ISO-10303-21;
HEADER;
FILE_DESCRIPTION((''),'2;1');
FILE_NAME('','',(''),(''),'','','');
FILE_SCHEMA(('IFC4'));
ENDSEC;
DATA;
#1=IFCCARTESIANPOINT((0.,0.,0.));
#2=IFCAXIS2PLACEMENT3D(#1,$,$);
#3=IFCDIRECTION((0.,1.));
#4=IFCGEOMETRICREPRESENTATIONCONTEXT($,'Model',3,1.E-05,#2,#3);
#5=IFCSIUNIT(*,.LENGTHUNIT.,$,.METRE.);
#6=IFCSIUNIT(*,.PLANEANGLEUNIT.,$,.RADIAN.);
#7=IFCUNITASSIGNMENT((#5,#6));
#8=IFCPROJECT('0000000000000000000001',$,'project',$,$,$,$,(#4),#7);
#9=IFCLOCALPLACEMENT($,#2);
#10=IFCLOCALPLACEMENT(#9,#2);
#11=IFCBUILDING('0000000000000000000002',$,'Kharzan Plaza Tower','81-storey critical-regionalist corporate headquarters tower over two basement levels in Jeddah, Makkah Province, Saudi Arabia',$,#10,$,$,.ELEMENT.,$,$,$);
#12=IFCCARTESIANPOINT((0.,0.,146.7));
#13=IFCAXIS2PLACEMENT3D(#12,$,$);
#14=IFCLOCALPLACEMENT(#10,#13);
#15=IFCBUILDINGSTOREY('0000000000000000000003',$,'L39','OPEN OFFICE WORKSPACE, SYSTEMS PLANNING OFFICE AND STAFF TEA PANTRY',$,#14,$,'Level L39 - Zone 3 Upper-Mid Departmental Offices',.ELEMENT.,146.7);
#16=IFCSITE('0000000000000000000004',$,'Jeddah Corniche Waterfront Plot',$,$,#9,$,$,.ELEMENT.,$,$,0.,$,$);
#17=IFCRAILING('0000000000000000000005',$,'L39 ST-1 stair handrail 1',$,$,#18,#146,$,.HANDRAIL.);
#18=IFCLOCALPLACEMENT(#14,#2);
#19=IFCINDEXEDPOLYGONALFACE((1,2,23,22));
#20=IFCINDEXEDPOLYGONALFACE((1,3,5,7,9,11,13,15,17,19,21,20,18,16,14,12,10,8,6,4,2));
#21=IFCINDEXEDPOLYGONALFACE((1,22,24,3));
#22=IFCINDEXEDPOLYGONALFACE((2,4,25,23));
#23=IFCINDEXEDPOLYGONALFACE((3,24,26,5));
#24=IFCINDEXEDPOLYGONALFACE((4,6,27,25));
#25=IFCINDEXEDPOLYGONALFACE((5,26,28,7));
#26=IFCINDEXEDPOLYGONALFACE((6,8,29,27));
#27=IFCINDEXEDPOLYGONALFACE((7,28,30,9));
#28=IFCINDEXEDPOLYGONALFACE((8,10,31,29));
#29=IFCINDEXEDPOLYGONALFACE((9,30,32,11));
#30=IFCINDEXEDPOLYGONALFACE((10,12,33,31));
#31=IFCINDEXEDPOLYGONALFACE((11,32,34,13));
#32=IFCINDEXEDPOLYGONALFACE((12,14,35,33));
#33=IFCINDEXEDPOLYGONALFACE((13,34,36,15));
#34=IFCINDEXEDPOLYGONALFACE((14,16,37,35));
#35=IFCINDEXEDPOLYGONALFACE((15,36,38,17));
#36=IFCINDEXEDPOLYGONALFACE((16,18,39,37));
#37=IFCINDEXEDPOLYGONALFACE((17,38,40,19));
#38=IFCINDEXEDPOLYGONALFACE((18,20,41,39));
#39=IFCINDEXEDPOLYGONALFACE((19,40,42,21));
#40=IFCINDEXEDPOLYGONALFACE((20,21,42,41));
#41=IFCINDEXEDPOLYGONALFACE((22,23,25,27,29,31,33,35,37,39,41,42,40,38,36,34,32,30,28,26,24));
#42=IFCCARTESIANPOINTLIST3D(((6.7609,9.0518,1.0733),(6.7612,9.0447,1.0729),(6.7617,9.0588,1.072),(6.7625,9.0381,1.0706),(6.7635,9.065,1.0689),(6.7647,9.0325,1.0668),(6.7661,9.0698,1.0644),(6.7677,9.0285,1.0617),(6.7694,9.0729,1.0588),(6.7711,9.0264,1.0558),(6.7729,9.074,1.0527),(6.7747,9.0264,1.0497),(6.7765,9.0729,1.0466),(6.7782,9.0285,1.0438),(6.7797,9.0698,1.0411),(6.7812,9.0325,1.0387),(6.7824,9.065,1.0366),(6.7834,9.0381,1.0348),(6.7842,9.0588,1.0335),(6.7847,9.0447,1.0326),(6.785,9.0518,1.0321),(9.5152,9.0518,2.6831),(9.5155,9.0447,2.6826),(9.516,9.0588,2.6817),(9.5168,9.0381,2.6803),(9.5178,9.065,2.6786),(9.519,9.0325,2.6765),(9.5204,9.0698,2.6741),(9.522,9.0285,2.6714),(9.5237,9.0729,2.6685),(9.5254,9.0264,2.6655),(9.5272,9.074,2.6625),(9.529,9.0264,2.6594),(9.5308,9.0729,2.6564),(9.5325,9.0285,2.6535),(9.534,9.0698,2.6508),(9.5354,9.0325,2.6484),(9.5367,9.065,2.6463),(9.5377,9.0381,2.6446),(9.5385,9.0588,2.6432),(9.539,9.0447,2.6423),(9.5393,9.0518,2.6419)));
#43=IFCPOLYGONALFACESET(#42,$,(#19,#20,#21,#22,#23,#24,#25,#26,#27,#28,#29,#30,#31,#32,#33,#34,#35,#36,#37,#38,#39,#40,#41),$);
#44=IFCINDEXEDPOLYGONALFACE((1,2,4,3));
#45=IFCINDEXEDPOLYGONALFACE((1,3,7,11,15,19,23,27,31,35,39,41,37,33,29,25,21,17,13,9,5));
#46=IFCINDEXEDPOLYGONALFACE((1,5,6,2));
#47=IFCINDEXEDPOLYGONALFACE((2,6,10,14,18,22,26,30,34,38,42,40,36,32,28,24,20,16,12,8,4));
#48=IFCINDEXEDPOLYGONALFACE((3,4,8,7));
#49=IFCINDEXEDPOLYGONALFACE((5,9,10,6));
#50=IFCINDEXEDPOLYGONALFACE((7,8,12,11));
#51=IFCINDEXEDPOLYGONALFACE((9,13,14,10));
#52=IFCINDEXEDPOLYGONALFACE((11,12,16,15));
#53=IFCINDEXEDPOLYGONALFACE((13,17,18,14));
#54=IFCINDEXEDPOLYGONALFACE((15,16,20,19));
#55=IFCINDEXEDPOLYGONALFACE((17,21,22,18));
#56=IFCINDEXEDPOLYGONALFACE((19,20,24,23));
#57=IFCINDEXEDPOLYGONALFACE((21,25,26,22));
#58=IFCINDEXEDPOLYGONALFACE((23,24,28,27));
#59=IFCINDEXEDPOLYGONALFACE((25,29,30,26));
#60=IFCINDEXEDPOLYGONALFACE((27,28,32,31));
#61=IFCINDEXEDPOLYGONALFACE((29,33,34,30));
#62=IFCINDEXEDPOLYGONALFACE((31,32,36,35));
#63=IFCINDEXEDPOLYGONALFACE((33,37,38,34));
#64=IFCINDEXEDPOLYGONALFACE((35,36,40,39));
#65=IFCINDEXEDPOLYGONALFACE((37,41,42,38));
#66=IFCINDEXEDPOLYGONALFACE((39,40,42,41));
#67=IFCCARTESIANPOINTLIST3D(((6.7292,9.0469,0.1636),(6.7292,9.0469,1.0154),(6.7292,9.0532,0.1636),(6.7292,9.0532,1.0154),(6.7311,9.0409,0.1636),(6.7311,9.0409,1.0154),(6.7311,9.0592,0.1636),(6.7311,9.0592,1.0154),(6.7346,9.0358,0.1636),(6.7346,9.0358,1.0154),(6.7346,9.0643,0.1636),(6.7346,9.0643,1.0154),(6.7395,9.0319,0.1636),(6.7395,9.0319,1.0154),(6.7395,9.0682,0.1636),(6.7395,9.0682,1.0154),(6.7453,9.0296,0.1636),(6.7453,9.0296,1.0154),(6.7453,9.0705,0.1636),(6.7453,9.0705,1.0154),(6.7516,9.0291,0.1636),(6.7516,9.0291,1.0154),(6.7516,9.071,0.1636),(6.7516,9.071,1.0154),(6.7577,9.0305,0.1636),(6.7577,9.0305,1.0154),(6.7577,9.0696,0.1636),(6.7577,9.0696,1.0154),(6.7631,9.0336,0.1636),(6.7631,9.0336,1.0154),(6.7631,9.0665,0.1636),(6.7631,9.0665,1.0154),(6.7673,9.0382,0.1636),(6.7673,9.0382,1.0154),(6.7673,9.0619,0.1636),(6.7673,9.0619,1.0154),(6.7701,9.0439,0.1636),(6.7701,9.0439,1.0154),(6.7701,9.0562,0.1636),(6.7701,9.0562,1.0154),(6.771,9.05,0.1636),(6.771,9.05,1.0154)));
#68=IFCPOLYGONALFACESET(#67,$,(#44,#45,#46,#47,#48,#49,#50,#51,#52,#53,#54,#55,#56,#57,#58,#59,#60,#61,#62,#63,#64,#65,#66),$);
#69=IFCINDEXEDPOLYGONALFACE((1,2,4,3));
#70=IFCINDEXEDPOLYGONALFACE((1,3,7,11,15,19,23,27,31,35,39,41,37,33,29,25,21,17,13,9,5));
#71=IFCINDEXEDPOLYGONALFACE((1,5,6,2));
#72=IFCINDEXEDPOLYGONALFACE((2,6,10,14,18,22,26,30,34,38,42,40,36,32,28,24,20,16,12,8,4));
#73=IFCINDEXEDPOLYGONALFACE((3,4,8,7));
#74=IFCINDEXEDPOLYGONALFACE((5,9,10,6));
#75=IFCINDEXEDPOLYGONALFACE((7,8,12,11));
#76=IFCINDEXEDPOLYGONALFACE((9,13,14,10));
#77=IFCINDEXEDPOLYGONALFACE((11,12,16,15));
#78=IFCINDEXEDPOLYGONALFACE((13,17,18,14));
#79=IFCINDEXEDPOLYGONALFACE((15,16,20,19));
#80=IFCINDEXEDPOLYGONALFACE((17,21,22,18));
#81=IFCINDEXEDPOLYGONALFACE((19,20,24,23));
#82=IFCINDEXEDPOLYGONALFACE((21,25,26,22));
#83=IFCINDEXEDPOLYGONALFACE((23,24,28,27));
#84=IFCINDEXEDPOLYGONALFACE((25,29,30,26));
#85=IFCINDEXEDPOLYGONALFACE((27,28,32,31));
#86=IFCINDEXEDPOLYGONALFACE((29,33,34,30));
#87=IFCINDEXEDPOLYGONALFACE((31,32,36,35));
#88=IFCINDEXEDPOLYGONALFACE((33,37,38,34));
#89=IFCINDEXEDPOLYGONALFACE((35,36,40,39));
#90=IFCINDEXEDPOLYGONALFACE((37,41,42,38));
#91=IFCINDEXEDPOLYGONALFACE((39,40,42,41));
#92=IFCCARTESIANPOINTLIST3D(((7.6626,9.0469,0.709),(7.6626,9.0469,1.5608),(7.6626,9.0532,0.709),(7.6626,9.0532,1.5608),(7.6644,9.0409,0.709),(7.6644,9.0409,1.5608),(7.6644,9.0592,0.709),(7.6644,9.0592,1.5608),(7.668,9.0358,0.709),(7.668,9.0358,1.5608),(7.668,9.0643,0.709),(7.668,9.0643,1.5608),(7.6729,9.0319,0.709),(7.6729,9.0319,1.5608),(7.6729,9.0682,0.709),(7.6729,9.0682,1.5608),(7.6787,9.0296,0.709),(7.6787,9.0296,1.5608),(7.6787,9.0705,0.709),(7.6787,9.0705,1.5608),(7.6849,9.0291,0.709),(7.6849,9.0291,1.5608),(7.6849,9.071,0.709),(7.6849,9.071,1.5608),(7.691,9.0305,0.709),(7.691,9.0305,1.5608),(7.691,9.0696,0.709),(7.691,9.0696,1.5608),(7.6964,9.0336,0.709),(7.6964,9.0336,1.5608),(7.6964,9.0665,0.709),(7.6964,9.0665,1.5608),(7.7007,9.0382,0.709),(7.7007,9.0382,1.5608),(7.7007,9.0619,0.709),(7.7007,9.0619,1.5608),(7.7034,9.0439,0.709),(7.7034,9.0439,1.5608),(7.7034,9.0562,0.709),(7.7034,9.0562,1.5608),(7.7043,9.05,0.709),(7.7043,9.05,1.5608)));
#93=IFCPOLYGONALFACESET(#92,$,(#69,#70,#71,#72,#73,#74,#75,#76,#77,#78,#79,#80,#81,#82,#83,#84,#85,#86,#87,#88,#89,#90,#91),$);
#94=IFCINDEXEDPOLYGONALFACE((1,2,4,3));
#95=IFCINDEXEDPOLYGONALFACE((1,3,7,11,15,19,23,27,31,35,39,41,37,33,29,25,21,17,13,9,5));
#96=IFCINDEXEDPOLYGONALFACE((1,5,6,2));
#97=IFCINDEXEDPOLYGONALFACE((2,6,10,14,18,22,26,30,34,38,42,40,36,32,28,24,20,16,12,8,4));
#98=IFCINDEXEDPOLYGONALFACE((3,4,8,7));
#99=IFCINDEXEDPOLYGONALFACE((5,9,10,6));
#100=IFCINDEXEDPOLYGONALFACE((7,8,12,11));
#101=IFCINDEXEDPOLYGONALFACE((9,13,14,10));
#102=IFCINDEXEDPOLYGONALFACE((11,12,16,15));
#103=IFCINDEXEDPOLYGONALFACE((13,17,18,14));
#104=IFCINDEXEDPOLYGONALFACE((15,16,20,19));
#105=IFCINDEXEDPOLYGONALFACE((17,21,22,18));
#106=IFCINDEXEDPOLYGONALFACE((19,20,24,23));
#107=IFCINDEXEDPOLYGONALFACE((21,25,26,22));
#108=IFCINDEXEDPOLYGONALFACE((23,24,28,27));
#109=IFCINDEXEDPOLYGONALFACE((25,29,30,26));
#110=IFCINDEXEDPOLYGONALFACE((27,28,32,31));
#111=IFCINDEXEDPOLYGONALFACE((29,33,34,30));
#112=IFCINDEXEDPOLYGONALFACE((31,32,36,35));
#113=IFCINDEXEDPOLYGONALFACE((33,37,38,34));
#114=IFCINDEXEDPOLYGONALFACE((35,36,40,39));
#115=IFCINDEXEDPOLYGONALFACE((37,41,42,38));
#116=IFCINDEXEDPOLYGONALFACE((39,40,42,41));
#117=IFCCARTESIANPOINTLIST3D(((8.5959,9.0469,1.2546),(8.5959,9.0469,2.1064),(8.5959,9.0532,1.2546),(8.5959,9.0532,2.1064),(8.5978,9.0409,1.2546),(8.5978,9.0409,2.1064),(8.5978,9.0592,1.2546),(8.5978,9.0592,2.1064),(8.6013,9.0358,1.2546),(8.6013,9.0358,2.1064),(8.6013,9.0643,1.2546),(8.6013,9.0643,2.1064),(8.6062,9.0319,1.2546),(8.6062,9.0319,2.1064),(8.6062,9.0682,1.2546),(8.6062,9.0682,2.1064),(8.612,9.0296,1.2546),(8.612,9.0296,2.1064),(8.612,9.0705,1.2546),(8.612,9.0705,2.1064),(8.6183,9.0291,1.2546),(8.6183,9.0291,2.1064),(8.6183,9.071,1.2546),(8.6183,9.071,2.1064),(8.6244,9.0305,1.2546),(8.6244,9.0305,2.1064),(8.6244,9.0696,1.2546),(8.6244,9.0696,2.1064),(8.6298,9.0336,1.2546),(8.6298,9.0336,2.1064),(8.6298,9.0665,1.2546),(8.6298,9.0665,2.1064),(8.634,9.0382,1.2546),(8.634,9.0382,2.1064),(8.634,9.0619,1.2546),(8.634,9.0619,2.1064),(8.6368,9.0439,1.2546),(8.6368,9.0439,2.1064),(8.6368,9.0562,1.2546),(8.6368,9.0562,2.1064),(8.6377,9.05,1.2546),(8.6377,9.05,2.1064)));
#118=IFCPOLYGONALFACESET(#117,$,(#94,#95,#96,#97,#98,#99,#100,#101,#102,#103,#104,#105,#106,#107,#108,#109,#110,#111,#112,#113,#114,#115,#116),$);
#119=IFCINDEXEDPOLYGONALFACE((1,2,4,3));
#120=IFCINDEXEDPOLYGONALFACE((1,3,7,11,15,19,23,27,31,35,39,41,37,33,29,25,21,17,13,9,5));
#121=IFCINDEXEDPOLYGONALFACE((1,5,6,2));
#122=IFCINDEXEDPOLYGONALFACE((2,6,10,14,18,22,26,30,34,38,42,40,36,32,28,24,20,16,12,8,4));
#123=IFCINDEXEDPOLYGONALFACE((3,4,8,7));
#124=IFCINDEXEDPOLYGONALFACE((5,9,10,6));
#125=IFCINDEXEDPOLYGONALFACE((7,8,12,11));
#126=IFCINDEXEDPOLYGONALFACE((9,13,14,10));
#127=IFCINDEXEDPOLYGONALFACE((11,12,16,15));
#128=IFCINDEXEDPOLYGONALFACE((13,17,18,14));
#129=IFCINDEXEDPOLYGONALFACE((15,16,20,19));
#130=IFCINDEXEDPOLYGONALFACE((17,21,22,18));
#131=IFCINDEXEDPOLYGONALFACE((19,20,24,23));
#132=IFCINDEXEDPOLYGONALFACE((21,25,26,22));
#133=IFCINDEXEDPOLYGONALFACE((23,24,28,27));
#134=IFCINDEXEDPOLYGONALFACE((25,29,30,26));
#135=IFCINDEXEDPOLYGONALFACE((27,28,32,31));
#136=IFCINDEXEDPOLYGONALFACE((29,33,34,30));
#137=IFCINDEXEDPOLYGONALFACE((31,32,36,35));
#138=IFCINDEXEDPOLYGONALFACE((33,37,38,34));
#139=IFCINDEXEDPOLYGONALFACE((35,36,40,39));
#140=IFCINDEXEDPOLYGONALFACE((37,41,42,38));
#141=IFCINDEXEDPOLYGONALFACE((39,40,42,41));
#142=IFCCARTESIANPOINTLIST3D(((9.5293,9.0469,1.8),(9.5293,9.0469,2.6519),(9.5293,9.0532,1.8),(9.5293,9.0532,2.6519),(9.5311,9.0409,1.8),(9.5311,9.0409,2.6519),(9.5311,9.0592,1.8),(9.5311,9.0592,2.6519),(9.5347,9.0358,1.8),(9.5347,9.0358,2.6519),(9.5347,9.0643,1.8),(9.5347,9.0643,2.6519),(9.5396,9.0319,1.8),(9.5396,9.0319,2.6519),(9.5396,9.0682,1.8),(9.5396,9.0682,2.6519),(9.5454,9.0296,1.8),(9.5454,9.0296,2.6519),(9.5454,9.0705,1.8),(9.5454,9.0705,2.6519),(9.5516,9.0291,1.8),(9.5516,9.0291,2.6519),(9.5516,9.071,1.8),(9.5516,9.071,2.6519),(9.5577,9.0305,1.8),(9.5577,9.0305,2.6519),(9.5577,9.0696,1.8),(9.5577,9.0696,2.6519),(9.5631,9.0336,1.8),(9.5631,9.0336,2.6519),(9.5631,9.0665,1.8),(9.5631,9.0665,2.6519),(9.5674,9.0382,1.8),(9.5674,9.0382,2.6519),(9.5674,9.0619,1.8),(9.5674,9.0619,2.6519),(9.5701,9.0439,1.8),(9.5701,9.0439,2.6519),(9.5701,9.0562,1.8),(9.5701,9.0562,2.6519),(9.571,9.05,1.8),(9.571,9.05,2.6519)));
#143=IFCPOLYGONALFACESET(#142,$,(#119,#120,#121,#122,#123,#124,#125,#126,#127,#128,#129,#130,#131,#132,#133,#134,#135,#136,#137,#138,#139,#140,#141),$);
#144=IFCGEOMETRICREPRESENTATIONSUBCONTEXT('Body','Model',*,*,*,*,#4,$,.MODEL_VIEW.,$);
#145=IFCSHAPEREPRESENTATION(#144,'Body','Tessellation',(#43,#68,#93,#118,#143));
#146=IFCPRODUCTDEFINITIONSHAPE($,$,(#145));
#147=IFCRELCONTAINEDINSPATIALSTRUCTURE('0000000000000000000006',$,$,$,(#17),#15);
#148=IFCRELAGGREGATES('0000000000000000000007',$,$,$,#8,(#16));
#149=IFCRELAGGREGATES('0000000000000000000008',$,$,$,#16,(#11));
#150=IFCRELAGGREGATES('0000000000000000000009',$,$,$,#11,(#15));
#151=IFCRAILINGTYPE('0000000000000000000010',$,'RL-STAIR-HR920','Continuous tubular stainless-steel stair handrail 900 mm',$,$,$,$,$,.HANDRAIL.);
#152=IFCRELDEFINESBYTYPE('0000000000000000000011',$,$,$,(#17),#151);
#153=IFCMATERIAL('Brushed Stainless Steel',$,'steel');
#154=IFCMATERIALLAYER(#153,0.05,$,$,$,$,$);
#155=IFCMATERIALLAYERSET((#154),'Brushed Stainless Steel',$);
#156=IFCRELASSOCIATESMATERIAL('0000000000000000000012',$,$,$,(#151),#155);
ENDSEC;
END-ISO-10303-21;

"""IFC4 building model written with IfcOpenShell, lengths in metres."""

from ifc_helpers import new_model, si_unit, direction, frame, origin, origin_2d, place, context, subcontext, project, spatial, circle, extrude, source, transform, mapped, material, layer, layer_set, type_object, element, save


model = new_model("IFC4")

# Units and contexts
model_context = context("Model", 3, precision=1e-05, world=origin(), true_north=direction((0.0, 1.0)))
body_context = subcontext(model_context, "Body", "Model", "MODEL_VIEW")
ifc_project = project(units=[si_unit("LENGTHUNIT", "METRE"), si_unit("PLANEANGLEUNIT", "RADIAN")], contexts=[model_context])

# Site, building, storey
site_placement = place(None, origin())
site = spatial("IfcSite", under=ifc_project, at=site_placement, Name="Jeddah Corniche Waterfront Plot", CompositionType="ELEMENT", RefElevation=0.0)
building_placement = place(site_placement, origin())
building = spatial("IfcBuilding", under=site, at=building_placement, Name="Kharzan Plaza Tower", Description="81-storey critical-regionalist corporate headquarters tower over two basement levels in Jeddah, Makkah Province, Saudi Arabia", CompositionType="ELEMENT")
storey_placement = place(building_placement, frame((0.0, 0.0, 146.7)))
storey = spatial("IfcBuildingStorey", under=building, at=storey_placement, Name="L39", Description="OPEN OFFICE WORKSPACE, SYSTEMS PLANNING OFFICE AND STAFF TEA PANTRY", LongName="Level L39 - Zone 3 Upper-Mid Departmental Offices", CompositionType="ELEMENT", Elevation=146.7)

# Railing
ifc_material_1 = material(Name="Brushed Stainless Steel", Category="steel")
ifc_layer_1 = layer(ifc_material_1, 0.05)
ifc_layer_set_1 = layer_set([ifc_layer_1], Name="Brushed Stainless Steel")
railing_type_1 = type_object("IfcRailingType", Name="RL-STAIR-HR920", Description="Continuous tubular stainless-steel stair handrail 900 mm", PredefinedType="HANDRAIL", material=ifc_layer_set_1)
shared_shape_1 = source(origin(), body_context, "Body", "SweptSolid", [
    extrude(circle(Radius=0.0239, at=origin_2d()), frame((0.0229, 0.0, 0.8892), z_axis=(0.863361, 0.0, 0.504587), x_axis=(0.0, 1.0, 0.0)), (0.0, 0.0, 1.0), 3.1902),
    extrude(circle(Radius=0.021, at=origin_2d()), origin(), (0.0, 0.0, 1.0), 0.8518),
    extrude(circle(Radius=0.021, at=origin_2d()), frame((0.9333, 0.0, 0.5454)), (0.0, 0.0, 1.0), 0.8518),
    extrude(circle(Radius=0.021, at=origin_2d()), frame((1.8667, 0.0, 1.0911)), (0.0, 0.0, 1.0), 0.8518),
    extrude(circle(Radius=0.021, at=origin_2d()), frame((2.8, 0.0, 1.6365)), (0.0, 0.0, 1.0), 0.8518),
])
railing_1_placement = place(storey_placement, frame((6.75, 9.05, 0.1636)))
element("IfcRailing", 1, at=railing_1_placement, inside=storey, type_object=railing_type_1, Name="L39 ST-1 stair handrail 1", PredefinedType="HANDRAIL", context=body_context, shape_type="MappedRepresentation", body=[
    mapped(shared_shape_1, transform((0.0, 0.0, 0.0), x_axis=(1.0, 0.0, 0.0), y_axis=(0.0, 1.0, 0.0), z_axis=(0.0, 0.0, 1.0))),
])

save(model, "model.ifc")
